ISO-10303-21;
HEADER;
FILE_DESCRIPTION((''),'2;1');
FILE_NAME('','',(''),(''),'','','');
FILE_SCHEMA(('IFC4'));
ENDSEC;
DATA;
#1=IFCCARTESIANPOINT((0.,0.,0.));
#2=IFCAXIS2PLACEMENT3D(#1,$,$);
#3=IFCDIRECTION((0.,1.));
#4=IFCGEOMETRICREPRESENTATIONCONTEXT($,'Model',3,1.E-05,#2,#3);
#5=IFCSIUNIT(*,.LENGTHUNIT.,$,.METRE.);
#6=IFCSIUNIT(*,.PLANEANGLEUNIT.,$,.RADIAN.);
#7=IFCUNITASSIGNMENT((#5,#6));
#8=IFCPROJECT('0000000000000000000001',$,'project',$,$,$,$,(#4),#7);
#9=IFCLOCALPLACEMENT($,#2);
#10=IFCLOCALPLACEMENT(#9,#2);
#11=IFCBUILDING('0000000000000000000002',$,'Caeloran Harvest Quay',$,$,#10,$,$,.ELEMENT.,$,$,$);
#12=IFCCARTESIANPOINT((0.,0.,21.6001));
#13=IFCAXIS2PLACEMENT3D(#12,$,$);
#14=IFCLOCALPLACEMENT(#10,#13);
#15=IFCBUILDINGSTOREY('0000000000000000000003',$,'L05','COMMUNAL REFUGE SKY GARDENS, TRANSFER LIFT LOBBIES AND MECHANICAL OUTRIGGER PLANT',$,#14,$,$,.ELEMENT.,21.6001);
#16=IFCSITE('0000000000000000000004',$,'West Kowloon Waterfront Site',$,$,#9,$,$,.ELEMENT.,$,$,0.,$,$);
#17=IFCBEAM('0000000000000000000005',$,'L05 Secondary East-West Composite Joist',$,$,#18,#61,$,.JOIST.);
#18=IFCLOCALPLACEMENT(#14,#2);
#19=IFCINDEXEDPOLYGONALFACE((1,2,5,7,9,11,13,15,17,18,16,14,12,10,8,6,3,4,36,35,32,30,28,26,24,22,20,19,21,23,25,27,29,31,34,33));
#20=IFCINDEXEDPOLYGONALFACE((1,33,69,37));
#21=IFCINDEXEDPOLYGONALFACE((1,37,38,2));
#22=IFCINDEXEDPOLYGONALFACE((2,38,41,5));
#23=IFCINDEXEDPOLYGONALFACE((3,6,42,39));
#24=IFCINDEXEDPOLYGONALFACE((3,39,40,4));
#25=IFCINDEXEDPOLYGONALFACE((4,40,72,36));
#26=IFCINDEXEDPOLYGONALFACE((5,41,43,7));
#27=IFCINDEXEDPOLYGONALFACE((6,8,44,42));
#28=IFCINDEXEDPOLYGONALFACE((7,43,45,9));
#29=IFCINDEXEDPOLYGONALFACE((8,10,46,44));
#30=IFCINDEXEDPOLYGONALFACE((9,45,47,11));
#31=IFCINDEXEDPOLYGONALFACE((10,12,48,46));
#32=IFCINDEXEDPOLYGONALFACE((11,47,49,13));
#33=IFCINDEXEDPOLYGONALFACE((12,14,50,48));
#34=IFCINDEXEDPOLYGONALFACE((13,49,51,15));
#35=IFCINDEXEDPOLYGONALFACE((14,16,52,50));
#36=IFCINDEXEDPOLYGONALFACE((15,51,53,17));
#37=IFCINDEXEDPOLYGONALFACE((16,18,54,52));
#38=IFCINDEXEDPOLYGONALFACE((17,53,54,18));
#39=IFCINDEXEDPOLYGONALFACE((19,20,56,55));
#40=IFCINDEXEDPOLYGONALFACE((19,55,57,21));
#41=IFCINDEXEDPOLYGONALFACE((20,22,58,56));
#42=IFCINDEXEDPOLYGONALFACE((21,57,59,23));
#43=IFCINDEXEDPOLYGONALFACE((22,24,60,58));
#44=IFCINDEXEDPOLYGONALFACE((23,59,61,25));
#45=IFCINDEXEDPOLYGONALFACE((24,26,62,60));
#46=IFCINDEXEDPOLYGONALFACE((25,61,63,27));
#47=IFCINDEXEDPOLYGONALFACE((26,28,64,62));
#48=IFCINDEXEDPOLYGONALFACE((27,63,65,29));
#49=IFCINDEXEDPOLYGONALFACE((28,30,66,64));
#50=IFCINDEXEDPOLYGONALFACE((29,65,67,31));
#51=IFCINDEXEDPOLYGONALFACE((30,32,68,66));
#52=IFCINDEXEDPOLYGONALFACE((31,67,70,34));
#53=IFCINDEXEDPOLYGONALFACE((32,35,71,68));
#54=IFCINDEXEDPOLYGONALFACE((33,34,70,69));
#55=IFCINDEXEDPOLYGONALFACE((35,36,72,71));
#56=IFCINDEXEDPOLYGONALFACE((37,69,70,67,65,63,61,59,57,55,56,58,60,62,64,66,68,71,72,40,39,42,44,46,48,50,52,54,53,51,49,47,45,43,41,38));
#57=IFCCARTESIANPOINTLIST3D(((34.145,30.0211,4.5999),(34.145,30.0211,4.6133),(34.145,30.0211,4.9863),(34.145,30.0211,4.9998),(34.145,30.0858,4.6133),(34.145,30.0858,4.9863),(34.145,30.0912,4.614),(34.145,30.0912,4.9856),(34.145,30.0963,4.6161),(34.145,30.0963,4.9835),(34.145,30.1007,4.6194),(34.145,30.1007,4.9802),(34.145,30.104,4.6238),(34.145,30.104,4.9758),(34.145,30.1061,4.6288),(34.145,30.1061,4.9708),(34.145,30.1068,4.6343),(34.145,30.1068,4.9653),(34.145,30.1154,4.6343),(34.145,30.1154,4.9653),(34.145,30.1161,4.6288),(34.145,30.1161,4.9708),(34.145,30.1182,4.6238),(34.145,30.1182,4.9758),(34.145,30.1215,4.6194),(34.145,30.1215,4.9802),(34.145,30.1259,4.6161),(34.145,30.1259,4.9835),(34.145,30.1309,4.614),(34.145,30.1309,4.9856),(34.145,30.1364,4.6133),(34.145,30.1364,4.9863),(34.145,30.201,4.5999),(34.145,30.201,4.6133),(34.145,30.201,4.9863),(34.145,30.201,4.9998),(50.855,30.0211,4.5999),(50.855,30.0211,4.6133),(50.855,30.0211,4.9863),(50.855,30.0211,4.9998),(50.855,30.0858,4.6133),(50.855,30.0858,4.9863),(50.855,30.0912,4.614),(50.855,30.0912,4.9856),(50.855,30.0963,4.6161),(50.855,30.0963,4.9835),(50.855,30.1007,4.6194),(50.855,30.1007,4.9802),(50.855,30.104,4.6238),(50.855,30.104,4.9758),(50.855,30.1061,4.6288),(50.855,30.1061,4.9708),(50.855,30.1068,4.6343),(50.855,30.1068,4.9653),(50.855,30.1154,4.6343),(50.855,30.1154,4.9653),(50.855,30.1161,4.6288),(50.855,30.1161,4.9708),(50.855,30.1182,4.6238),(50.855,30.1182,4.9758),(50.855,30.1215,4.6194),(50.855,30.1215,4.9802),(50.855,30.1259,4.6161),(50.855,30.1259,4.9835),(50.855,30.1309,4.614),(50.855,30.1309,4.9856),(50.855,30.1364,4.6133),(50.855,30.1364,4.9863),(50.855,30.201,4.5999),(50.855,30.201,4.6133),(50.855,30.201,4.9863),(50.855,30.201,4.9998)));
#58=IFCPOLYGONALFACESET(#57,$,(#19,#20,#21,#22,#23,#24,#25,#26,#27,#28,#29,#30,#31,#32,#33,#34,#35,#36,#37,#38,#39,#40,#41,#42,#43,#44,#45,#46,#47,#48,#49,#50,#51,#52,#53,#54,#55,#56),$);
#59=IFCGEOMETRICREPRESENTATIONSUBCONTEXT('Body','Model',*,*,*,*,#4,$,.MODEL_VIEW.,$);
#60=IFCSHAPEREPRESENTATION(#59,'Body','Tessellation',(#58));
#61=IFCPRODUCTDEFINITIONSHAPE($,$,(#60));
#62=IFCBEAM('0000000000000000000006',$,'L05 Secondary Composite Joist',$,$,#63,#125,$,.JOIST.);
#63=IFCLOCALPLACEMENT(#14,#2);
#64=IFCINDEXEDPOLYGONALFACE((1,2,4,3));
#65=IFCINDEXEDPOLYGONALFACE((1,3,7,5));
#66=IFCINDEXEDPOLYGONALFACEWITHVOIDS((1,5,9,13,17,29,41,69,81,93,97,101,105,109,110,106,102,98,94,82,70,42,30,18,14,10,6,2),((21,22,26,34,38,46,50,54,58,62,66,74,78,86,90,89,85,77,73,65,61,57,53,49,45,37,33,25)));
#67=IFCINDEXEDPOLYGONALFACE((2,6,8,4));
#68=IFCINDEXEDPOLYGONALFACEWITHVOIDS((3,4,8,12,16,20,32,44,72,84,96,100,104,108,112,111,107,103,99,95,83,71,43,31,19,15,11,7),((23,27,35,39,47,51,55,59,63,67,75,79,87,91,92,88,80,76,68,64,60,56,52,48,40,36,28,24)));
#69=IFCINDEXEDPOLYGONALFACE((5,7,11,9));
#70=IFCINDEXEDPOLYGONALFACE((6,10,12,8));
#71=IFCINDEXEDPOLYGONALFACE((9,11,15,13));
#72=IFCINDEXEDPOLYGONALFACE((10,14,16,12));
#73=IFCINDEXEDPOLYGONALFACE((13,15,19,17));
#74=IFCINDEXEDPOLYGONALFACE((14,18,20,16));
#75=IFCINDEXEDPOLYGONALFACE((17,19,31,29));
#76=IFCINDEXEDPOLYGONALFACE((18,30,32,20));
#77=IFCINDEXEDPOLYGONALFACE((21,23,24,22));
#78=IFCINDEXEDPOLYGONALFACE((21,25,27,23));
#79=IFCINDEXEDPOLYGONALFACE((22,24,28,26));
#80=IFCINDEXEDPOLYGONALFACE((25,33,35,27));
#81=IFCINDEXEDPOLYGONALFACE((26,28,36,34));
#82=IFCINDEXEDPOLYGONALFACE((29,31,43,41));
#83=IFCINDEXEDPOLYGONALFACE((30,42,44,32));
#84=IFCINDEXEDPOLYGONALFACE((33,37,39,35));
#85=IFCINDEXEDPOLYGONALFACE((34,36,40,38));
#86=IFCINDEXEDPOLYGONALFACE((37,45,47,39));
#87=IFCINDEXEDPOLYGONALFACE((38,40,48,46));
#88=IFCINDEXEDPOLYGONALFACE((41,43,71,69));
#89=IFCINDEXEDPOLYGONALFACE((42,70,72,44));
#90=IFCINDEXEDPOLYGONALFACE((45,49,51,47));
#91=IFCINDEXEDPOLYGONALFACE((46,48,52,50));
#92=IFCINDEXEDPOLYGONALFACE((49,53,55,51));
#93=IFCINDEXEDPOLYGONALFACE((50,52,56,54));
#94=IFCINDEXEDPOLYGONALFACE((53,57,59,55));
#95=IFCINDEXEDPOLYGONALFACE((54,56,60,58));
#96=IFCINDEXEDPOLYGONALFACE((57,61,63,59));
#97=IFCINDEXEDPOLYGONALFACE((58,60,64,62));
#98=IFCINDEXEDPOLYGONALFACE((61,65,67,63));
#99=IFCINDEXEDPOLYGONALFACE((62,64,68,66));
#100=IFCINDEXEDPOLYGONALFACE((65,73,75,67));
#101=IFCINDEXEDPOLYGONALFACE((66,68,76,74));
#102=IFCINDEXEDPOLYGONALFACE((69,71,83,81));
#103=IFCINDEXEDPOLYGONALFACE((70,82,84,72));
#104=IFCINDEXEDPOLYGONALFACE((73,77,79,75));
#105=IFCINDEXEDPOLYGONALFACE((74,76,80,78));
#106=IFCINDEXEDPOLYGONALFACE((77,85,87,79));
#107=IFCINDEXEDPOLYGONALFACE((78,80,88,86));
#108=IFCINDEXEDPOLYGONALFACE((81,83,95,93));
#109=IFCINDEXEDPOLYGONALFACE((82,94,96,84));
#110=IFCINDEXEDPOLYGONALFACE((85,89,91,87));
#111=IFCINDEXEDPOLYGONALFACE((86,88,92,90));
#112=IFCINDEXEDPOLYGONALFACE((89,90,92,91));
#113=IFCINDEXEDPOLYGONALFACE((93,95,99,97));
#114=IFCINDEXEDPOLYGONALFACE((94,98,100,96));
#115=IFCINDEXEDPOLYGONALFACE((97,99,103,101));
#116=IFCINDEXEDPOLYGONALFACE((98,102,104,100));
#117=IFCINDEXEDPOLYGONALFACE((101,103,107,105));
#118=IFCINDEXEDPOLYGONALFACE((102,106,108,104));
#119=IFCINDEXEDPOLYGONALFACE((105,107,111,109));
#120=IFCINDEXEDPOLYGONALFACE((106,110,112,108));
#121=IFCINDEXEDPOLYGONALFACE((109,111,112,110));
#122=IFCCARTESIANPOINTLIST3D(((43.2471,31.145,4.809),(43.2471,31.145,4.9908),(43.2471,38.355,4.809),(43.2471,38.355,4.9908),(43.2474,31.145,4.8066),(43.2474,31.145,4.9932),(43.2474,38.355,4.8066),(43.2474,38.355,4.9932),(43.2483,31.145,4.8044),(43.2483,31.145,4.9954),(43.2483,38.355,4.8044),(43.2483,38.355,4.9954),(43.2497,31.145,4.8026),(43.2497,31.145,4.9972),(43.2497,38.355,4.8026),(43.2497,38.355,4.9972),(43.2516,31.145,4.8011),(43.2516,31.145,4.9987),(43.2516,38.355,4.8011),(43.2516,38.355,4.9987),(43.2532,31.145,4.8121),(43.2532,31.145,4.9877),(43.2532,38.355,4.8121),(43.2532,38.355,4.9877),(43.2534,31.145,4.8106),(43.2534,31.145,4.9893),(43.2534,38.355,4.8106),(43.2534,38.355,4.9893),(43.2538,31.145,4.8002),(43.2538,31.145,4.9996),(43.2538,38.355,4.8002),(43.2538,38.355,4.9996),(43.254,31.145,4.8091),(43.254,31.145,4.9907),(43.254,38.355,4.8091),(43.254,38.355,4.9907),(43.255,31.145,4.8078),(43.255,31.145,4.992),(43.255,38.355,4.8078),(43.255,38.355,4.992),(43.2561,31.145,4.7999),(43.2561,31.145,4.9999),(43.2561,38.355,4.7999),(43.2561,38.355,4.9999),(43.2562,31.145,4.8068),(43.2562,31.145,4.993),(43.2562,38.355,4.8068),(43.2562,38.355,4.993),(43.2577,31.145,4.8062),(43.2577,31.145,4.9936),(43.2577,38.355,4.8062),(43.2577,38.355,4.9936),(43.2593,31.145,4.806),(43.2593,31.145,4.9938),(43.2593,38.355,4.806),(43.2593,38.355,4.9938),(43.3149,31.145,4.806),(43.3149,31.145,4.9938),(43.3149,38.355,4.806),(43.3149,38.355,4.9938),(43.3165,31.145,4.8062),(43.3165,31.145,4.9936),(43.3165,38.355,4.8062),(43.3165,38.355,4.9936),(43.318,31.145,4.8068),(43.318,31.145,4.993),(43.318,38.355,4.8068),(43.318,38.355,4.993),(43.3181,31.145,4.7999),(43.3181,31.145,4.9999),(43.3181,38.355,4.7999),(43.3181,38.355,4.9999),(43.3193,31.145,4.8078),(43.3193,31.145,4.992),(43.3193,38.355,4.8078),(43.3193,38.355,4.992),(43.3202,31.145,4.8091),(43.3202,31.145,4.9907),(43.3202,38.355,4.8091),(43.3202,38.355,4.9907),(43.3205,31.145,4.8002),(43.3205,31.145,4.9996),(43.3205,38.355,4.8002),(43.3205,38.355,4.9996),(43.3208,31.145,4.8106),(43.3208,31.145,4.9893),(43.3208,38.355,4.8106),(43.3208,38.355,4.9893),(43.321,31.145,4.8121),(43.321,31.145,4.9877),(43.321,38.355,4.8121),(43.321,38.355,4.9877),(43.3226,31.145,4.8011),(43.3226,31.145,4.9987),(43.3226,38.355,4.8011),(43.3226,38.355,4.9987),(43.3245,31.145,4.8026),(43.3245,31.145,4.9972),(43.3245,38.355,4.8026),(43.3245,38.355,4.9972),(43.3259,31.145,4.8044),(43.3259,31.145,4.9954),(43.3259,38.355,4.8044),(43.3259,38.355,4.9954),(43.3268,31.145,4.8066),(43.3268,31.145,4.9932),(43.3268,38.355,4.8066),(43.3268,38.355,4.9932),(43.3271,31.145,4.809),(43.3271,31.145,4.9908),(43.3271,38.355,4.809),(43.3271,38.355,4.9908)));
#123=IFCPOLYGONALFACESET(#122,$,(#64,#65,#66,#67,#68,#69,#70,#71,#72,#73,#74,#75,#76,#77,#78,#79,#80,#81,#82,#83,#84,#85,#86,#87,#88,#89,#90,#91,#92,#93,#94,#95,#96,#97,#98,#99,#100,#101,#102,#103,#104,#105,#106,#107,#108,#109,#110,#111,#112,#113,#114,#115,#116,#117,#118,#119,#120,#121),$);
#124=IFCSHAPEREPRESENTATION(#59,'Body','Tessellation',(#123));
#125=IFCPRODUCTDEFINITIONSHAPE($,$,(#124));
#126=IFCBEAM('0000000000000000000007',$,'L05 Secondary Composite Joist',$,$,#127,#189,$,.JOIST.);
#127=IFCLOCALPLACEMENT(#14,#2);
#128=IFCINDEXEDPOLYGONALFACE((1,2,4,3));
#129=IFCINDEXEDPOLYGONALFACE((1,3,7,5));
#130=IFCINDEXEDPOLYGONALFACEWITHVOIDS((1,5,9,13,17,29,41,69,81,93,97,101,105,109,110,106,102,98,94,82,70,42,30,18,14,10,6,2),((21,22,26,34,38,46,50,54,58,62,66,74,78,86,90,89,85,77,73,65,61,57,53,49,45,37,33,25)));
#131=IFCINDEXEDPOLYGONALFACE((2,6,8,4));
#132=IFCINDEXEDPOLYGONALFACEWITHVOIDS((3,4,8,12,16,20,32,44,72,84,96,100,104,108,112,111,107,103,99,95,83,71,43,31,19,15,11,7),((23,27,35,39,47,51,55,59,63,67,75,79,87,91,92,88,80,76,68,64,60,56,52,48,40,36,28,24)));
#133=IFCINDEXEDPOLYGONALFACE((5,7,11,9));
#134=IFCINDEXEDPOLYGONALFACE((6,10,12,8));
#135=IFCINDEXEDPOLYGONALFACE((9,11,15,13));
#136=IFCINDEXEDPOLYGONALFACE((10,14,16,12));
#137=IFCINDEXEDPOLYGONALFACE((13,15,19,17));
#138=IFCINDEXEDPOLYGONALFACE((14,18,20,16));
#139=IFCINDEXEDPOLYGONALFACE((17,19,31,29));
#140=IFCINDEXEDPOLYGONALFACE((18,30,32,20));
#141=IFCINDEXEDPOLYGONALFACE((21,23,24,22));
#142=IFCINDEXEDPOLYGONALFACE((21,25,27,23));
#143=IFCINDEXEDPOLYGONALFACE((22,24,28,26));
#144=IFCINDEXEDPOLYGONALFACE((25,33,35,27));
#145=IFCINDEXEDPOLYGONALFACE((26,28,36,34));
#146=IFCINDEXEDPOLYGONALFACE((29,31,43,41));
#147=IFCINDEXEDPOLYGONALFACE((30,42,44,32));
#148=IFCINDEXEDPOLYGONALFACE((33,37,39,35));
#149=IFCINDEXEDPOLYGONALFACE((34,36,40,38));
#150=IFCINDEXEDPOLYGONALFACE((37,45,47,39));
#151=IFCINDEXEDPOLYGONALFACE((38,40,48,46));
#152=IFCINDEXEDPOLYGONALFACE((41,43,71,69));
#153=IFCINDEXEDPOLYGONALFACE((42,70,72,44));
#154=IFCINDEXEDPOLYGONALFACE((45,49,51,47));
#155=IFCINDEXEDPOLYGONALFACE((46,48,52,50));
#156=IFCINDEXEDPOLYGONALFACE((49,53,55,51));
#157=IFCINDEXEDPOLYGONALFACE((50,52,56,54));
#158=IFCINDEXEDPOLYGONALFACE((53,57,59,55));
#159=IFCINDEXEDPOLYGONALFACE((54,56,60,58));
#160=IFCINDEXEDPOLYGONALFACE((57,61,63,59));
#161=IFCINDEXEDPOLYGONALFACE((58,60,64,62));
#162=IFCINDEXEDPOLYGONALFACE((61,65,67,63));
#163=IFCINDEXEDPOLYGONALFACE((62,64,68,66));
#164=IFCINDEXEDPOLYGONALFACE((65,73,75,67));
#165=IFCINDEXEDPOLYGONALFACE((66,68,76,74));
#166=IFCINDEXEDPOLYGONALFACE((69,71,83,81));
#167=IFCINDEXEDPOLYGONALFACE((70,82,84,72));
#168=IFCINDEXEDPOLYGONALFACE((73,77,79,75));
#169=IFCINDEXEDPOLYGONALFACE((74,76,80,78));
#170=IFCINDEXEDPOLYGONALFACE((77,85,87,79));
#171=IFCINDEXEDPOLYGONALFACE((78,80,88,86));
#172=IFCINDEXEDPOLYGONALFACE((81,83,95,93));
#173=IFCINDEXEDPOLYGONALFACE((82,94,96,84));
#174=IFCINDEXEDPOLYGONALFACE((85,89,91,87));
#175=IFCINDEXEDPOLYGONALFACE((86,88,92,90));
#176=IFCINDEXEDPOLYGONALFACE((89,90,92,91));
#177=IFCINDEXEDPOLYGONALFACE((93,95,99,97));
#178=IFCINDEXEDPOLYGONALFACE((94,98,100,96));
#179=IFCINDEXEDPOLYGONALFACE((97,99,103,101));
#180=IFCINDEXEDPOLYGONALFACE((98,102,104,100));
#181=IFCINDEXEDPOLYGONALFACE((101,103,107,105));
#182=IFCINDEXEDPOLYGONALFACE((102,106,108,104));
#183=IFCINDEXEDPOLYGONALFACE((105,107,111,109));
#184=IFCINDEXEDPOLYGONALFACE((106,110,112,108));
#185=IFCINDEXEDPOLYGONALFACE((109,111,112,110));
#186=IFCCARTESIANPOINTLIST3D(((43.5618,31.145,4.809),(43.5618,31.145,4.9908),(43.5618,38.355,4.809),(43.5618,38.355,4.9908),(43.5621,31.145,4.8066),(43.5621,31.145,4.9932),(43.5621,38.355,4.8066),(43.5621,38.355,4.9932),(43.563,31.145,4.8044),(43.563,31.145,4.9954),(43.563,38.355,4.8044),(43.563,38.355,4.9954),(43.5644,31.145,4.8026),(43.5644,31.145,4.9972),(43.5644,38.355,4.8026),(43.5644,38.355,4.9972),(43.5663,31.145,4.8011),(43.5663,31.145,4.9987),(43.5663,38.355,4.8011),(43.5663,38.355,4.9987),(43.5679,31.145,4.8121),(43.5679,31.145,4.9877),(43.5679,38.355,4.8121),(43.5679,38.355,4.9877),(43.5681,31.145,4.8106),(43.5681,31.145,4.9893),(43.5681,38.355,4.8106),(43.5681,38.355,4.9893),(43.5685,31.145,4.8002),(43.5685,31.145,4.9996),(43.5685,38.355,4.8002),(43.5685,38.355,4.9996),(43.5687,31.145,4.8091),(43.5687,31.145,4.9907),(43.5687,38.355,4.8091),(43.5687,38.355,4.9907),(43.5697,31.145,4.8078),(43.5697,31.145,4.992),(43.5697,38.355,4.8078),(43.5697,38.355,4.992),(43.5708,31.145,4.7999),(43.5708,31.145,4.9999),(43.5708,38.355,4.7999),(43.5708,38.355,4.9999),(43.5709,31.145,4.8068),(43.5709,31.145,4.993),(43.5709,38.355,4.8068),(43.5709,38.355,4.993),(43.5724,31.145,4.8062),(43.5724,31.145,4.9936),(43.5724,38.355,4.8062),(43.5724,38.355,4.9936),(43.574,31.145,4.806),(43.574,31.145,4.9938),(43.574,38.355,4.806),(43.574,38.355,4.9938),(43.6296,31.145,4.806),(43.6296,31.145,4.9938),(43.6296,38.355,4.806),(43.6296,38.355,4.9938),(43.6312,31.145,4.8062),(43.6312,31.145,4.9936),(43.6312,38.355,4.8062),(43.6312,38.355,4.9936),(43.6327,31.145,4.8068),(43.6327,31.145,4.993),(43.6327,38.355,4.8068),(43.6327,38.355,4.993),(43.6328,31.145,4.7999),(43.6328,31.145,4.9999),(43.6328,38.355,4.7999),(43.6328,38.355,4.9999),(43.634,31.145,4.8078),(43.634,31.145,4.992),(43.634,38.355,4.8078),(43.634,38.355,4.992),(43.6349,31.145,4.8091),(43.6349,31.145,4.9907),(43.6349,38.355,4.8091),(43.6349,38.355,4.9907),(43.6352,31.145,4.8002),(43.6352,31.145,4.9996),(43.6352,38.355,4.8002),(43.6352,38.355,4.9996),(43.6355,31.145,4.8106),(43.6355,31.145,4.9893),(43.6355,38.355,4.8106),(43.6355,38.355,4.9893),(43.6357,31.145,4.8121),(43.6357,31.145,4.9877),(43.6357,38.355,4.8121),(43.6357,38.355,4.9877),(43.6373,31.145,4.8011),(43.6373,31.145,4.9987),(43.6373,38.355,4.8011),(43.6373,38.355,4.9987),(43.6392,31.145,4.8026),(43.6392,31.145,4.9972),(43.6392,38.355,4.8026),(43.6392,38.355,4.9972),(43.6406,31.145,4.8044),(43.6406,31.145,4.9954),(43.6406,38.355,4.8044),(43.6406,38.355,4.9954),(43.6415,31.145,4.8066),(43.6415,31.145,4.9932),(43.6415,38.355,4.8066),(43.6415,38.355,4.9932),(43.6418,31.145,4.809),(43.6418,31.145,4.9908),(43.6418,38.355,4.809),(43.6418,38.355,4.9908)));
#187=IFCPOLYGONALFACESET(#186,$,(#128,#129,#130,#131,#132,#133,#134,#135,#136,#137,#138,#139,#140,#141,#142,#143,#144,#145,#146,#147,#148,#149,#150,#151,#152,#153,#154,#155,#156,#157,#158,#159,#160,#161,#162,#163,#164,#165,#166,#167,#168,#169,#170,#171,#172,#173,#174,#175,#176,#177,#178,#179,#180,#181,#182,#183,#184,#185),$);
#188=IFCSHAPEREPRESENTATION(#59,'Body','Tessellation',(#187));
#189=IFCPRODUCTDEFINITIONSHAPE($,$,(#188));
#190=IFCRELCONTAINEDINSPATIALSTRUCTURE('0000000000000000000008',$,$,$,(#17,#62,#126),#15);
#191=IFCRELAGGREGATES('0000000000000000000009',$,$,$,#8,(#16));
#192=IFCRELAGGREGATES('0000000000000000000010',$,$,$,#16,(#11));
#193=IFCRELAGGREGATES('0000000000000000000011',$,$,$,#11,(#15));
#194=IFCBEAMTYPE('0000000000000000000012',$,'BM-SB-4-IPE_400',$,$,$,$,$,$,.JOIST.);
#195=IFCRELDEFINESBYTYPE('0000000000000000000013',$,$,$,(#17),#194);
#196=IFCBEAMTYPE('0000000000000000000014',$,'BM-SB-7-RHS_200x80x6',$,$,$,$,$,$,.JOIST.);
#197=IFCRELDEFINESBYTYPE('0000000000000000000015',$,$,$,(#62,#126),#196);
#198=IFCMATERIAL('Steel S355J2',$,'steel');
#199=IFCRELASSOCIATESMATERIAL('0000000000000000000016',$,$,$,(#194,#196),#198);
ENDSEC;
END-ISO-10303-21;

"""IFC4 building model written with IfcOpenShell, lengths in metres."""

from ifc_helpers import new_model, si_unit, direction, frame, origin, origin_2d, place, context, subcontext, project, spatial, hollow_rectangle, i_section, extrude, material, material_profile, profile_set, type_object, element, save


model = new_model("IFC4")

# Units and contexts
model_context = context("Model", 3, precision=1e-05, world=origin(), true_north=direction((0.0, 1.0)))
body_context = subcontext(model_context, "Body", "Model", "MODEL_VIEW")
ifc_project = project(units=[si_unit("LENGTHUNIT", "METRE"), si_unit("PLANEANGLEUNIT", "RADIAN")], contexts=[model_context])

# Site, building, storey
site_placement = place(None, origin())
site = spatial("IfcSite", under=ifc_project, at=site_placement, Name="West Kowloon Waterfront Site", CompositionType="ELEMENT", RefElevation=0.0)
building_placement = place(site_placement, origin())
building = spatial("IfcBuilding", under=site, at=building_placement, Name="Caeloran Harvest Quay", CompositionType="ELEMENT")
storey_placement = place(building_placement, frame((0.0, 0.0, 21.6001)))
storey = spatial("IfcBuildingStorey", under=building, at=storey_placement, Name="L05", Description="COMMUNAL REFUGE SKY GARDENS, TRANSFER LIFT LOBBIES AND MECHANICAL OUTRIGGER PLANT", CompositionType="ELEMENT", Elevation=21.6001)

# Beams
ifc_material_1 = material(Name="Steel S355J2", Category="steel")
ifc_material_profile_1 = material_profile(ifc_material_1, i_section(OverallWidth=0.1799, OverallDepth=0.3999, WebThickness=0.0085, FlangeThickness=0.0134, FilletRadius=0.021, at=origin_2d()), Name="IPE 400")
ifc_profile_set_1 = profile_set([ifc_material_profile_1], Name="Steel S355J2")
beam_type_1 = type_object("IfcBeamType", Name="BM-SB-4-IPE_400", PredefinedType="JOIST", material=ifc_profile_set_1)
beam_1_placement = place(storey_placement, frame((34.145, 30.1111, 4.7998), z_axis=(1.0, 0.0, 0.0), x_axis=(0.0, 1.0, 0.0)))
element("IfcBeam", 1, at=beam_1_placement, inside=storey, type_object=beam_type_1, Name="L05 Secondary East-West Composite Joist", PredefinedType="JOIST", context=body_context, shape_type="SweptSolid", body=[
    extrude(i_section(OverallWidth=0.1799, OverallDepth=0.3999, WebThickness=0.0085, FlangeThickness=0.0134, FilletRadius=0.021, at=origin_2d()), origin(), (0.0, 0.0, 1.0), 16.71),
])
ifc_material_profile_2 = material_profile(ifc_material_1, hollow_rectangle(XDim=0.0801, YDim=0.2, WallThickness=0.0061, InnerFilletRadius=0.0061, OuterFilletRadius=0.009, at=origin_2d()), Name="RHS 200x80x6")
ifc_profile_set_2 = profile_set([ifc_material_profile_2], Name="Steel S355J2")
beam_type_2 = type_object("IfcBeamType", Name="BM-SB-7-RHS_200x80x6", PredefinedType="JOIST", material=ifc_profile_set_2)
for number, where, z_axis, x_axis, name in (
    (2, (43.2871, 31.145, 4.8999), (0.0, 1.0, 0.0), (-1.0, 0.0, 0.0), "L05 Secondary Composite Joist"),
    (3, (43.6018, 31.145, 4.8999), (0.0, 1.0, 0.0), (-1.0, 0.0, 0.0), "L05 Secondary Composite Joist"),
):
    element("IfcBeam", number, at=place(storey_placement, frame(where, z_axis=z_axis, x_axis=x_axis)), inside=storey, type_object=beam_type_2, Name=name, PredefinedType="JOIST", context=body_context, shape_type="SweptSolid", body=[
        extrude(hollow_rectangle(XDim=0.0801, YDim=0.2, WallThickness=0.0061, InnerFilletRadius=0.0061, OuterFilletRadius=0.009, at=origin_2d()), origin(), (0.0, 0.0, 1.0), 7.21),
    ])

save(model, "model.ifc")
